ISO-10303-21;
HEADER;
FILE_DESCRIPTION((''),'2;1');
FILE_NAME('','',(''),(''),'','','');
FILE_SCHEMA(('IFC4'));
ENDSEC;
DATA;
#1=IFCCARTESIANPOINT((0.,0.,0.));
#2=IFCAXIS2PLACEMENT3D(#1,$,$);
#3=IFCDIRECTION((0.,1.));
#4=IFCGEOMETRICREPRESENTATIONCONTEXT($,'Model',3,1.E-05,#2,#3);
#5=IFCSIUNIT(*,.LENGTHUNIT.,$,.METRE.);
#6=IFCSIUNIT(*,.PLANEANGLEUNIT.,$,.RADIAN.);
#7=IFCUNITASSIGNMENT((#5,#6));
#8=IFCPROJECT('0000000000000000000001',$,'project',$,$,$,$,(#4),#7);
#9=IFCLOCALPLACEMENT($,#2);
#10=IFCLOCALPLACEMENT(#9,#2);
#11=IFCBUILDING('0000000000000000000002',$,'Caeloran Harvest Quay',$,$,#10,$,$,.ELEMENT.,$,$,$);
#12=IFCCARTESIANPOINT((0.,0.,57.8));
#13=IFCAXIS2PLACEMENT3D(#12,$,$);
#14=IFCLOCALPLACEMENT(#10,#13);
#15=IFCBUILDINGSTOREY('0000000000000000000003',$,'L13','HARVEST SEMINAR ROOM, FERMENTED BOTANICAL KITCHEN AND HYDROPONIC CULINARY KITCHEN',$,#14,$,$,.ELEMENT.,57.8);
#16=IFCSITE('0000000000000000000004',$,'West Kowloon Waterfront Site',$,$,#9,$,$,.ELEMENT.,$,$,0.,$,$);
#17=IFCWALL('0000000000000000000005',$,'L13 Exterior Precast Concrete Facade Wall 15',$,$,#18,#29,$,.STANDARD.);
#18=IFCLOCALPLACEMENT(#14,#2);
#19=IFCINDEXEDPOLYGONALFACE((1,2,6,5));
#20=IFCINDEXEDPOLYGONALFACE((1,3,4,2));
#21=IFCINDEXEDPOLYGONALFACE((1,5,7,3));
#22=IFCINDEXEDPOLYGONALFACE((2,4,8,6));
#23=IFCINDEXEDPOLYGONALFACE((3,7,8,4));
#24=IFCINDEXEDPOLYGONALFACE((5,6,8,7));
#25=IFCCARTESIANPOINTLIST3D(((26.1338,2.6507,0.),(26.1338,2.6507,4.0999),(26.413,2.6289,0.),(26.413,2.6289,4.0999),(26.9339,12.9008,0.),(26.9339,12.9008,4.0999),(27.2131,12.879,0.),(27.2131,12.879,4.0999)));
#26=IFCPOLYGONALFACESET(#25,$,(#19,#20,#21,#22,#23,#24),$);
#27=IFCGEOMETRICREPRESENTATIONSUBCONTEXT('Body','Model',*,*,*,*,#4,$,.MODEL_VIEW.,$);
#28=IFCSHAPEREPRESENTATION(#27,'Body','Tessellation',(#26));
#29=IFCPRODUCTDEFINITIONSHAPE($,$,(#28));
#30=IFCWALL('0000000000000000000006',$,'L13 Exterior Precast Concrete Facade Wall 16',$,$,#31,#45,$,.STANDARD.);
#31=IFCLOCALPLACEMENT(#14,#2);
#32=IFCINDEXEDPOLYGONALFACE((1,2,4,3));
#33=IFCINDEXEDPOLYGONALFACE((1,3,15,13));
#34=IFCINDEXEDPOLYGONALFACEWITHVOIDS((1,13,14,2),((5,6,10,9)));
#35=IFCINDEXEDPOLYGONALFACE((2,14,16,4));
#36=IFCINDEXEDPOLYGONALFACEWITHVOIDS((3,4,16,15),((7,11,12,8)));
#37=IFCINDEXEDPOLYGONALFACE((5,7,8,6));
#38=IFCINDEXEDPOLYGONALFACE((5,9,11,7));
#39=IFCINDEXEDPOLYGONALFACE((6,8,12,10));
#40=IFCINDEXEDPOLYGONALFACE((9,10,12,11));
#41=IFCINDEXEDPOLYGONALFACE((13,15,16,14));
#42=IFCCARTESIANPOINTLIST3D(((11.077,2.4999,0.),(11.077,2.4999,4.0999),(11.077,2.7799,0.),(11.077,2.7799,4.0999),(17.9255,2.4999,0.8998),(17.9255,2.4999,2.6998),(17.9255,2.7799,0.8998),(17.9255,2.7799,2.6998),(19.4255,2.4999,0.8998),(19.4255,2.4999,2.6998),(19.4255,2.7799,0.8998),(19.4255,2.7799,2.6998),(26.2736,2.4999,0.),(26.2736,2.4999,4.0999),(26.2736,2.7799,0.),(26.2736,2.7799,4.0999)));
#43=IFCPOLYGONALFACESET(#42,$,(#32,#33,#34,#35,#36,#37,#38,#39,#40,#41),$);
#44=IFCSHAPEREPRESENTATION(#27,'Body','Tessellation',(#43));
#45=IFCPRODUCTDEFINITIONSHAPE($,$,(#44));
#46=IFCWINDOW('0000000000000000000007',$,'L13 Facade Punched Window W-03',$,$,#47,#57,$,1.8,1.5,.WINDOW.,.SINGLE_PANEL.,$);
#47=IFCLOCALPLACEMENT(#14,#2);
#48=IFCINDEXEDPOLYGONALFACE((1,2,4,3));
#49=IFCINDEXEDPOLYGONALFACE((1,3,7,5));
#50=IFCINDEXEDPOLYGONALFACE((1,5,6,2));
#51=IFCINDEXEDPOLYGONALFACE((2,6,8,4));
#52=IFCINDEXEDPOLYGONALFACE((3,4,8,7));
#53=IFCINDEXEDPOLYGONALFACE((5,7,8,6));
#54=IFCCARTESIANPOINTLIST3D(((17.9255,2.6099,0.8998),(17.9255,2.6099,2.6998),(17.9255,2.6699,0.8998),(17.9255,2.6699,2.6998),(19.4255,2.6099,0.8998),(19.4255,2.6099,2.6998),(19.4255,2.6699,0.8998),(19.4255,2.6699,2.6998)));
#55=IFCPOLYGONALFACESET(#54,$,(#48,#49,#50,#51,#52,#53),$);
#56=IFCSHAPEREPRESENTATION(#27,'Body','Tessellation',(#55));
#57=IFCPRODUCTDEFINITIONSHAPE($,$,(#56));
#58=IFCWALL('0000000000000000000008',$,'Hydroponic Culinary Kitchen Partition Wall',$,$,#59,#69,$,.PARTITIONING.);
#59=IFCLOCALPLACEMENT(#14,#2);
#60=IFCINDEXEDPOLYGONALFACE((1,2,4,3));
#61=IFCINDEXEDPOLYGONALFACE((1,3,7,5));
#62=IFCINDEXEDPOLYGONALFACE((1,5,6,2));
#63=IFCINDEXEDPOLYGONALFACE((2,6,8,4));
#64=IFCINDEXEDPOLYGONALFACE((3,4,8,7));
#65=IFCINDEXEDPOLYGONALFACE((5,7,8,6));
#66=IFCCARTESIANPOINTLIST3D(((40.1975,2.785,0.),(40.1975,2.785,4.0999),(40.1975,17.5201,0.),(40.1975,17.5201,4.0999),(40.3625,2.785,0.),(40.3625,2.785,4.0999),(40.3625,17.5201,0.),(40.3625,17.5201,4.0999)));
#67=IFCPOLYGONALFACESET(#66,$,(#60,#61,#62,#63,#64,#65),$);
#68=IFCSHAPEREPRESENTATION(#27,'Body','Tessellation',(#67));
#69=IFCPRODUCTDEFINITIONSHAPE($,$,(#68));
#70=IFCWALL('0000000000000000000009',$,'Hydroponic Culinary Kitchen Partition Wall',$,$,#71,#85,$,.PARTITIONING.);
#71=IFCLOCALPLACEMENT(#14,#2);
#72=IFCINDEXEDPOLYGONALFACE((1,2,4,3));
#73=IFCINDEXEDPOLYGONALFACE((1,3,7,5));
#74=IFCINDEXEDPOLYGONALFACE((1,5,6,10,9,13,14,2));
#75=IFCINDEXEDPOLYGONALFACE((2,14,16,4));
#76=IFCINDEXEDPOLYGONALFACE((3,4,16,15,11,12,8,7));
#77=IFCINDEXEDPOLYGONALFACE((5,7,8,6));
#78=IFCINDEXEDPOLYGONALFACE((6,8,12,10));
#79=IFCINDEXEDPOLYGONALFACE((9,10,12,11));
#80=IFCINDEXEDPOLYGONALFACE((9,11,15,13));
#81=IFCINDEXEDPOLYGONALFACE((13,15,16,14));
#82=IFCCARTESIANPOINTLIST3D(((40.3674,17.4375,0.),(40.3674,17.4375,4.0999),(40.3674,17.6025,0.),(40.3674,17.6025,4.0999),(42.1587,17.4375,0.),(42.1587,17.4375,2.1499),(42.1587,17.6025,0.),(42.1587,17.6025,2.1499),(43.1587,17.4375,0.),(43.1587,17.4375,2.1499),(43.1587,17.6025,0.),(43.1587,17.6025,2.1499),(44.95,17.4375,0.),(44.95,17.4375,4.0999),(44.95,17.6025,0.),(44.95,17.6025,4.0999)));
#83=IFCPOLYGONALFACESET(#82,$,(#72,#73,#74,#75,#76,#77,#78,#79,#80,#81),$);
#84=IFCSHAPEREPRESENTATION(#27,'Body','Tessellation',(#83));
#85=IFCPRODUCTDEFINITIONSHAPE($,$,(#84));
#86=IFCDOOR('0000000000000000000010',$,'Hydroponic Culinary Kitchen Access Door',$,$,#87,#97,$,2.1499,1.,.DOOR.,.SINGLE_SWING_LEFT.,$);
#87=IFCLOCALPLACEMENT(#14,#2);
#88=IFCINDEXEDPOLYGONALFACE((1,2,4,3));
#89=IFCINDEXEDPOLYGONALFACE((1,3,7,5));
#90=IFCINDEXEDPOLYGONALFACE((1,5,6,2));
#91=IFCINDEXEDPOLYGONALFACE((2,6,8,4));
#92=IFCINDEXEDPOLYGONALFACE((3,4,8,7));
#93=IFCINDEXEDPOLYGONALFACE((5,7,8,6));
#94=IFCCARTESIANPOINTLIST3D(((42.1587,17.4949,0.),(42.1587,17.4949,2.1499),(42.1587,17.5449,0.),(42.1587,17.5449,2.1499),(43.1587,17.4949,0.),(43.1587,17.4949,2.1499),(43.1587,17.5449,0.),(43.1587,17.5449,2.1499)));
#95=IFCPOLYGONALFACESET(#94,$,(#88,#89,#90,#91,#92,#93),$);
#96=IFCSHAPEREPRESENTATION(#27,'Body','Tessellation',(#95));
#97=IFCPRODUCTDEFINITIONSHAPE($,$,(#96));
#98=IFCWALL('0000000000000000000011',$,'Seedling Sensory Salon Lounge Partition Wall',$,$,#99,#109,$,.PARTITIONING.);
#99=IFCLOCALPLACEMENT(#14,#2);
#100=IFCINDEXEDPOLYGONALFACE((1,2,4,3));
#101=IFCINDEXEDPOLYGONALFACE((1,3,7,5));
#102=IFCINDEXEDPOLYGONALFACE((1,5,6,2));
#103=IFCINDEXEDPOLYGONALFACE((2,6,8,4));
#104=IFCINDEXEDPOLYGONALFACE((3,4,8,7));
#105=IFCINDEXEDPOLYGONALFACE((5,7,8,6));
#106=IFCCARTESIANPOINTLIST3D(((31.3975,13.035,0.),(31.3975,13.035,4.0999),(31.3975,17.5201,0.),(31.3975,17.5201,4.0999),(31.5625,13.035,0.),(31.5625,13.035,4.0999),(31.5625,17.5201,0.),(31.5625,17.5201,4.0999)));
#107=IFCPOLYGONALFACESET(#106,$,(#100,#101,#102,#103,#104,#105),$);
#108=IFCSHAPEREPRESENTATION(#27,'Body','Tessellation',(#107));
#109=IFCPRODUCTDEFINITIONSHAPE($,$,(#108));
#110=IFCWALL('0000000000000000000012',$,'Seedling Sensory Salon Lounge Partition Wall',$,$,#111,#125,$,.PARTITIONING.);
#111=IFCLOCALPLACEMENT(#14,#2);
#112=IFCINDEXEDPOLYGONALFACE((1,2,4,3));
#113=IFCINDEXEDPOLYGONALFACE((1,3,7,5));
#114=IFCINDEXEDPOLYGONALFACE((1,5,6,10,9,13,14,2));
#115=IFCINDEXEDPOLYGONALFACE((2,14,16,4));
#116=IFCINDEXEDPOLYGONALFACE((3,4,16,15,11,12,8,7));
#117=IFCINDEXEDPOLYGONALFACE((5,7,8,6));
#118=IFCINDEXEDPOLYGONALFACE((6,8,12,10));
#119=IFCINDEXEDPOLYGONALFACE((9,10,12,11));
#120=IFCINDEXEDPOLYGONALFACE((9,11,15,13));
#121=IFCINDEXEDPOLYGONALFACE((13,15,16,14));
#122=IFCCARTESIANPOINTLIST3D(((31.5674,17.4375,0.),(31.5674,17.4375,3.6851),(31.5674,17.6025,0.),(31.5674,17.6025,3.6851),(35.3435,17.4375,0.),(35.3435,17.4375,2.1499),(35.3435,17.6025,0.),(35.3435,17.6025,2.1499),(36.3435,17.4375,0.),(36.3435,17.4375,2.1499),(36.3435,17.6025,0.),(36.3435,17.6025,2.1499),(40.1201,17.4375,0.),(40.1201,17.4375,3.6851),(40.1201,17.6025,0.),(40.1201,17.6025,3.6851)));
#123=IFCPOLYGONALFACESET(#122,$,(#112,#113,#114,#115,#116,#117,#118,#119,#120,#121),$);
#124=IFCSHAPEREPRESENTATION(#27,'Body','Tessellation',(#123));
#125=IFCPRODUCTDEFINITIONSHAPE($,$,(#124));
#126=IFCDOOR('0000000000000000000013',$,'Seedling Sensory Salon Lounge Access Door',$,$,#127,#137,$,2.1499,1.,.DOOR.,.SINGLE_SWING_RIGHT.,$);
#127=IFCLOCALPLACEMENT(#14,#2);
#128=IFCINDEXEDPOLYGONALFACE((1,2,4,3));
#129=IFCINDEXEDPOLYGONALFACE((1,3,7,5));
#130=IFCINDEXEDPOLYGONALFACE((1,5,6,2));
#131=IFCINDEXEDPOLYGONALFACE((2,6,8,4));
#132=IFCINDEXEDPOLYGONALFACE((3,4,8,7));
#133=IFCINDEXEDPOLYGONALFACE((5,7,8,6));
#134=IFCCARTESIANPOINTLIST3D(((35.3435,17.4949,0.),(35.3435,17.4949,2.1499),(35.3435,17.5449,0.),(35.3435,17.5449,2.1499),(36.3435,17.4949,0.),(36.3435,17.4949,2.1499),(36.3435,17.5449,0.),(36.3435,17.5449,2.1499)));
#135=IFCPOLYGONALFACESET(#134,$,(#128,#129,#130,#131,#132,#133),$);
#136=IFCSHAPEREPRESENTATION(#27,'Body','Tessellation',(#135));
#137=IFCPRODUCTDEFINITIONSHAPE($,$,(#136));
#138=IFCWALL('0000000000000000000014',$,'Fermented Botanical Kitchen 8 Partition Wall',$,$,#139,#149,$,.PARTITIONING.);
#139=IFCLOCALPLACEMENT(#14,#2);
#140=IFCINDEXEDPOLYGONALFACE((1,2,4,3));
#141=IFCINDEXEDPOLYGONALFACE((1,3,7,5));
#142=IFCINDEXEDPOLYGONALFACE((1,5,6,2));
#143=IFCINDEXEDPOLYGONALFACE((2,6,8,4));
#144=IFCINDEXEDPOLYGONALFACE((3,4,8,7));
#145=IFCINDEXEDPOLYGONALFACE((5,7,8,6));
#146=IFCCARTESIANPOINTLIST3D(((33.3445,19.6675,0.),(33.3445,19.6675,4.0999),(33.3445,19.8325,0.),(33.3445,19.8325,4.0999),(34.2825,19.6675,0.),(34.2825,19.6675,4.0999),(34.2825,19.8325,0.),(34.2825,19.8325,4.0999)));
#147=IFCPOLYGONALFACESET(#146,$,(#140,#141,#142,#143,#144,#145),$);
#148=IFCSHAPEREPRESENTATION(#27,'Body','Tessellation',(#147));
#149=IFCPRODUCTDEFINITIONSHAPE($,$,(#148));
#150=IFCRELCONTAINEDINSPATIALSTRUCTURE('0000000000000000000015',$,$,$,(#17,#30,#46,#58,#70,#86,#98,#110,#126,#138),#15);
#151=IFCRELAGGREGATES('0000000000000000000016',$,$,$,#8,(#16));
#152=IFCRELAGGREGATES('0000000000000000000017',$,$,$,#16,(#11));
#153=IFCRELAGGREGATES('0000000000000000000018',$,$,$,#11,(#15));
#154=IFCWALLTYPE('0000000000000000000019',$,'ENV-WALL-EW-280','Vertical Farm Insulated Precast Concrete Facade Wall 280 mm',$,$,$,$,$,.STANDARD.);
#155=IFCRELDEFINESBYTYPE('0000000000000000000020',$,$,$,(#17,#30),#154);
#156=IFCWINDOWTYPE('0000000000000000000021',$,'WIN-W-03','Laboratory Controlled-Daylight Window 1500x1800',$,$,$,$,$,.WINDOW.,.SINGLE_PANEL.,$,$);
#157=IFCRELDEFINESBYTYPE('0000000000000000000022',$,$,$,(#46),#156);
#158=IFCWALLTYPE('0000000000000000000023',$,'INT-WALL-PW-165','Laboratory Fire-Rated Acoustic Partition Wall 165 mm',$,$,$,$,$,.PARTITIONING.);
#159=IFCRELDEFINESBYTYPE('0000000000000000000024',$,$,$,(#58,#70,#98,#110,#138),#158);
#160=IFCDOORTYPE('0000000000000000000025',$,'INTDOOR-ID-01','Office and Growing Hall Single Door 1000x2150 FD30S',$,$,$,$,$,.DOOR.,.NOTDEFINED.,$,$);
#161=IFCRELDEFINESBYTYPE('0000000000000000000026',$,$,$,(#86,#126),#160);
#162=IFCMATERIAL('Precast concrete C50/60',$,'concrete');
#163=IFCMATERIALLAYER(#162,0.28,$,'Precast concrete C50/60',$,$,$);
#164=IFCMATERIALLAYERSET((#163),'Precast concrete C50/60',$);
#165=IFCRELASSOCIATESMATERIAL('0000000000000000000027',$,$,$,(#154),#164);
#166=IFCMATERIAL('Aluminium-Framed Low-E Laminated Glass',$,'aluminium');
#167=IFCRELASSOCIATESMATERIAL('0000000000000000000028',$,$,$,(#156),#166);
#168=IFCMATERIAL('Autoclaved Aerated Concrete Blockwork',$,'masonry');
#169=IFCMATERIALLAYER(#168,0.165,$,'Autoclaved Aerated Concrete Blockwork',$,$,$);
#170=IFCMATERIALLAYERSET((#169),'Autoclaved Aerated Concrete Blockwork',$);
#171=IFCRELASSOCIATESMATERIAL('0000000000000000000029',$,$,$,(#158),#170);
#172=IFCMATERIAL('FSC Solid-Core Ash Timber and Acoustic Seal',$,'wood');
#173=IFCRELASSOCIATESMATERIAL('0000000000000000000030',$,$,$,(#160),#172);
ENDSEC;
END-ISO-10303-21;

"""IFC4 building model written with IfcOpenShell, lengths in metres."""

from ifc_helpers import new_model, si_unit, direction, frame, frame_2d, origin, place, context, subcontext, project, spatial, rectangle, extrude, material, layer, layer_set, type_object, element, fill, save


model = new_model("IFC4")

# Units and contexts
model_context = context("Model", 3, precision=1e-05, world=origin(), true_north=direction((0.0, 1.0)))
body_context = subcontext(model_context, "Body", "Model", "MODEL_VIEW")
ifc_project = project(units=[si_unit("LENGTHUNIT", "METRE"), si_unit("PLANEANGLEUNIT", "RADIAN")], contexts=[model_context])

# Site, building, storey
site_placement = place(None, origin())
site = spatial("IfcSite", under=ifc_project, at=site_placement, Name="West Kowloon Waterfront Site", CompositionType="ELEMENT", RefElevation=0.0)
building_placement = place(site_placement, origin())
building = spatial("IfcBuilding", under=site, at=building_placement, Name="Caeloran Harvest Quay", CompositionType="ELEMENT")
storey_placement = place(building_placement, frame((0.0, 0.0, 57.8)))
storey = spatial("IfcBuildingStorey", under=building, at=storey_placement, Name="L13", Description="HARVEST SEMINAR ROOM, FERMENTED BOTANICAL KITCHEN AND HYDROPONIC CULINARY KITCHEN", CompositionType="ELEMENT", Elevation=57.8)

# Shared definitions
ifc_material_1 = material(Name="Precast concrete C50/60", Category="concrete")

# Shared definitions
ifc_layer_1 = layer(ifc_material_1, 0.28, Name="Precast concrete C50/60")
ifc_layer_set_1 = layer_set([ifc_layer_1], Name="Precast concrete C50/60")
wall_type_1 = type_object("IfcWallType", Name="ENV-WALL-EW-280", Description="Vertical Farm Insulated Precast Concrete Facade Wall 280 mm", PredefinedType="STANDARD", material=ifc_layer_set_1)
ifc_material_2 = material(Name="Aluminium-Framed Low-E Laminated Glass", Category="aluminium")
window_type = type_object("IfcWindowType", Name="WIN-W-03", Description="Laboratory Controlled-Daylight Window 1500x1800", PartitioningType="SINGLE_PANEL", PredefinedType="WINDOW", material=ifc_material_2)

# Wall
wall_1_placement = place(storey_placement, frame((27.0735, 12.8899, 0.0), z_axis=(0.0, 0.0, 1.0), x_axis=(-0.077817, -0.996968, 0.0)))
element("IfcWall", 1, at=wall_1_placement, inside=storey, type_object=wall_type_1, Name="L13 Exterior Precast Concrete Facade Wall 15", PredefinedType="STANDARD", context=body_context, shape_type="SweptSolid", body=[
    extrude(rectangle(XDim=10.2812, YDim=0.28, at=frame_2d((5.1406, 0.0))), origin(), (0.0, 0.0, 1.0), 4.0999),
])

# Wall, opening, window
wall_2_placement = place(storey_placement, frame((26.2734, 2.6399, 0.0), z_axis=(0.0, 0.0, 1.0), x_axis=(-1.0, 0.0, 0.0)))
wall_2 = element("IfcWall", 2, at=wall_2_placement, inside=storey, type_object=wall_type_1, Name="L13 Exterior Precast Concrete Facade Wall 16", PredefinedType="STANDARD", context=body_context, shape_type="SweptSolid", body=[
    extrude(rectangle(XDim=15.1965, YDim=0.28, at=frame_2d((7.5981, 0.0))), origin(), (0.0, 0.0, 1.0), 4.0999),
])
opening_1_placement = place(wall_2_placement, frame((6.8479, 0.0, 0.8999)))
opening_1 = element("IfcOpeningElement", 3, at=opening_1_placement, cuts=wall_2, PredefinedType="OPENING", context=body_context, shape_type="SweptSolid", body=[
    extrude(rectangle(XDim=1.5, YDim=1.8, at=frame_2d((0.75, 0.8999))), frame((0.0, 0.1499, 0.0), z_axis=(0.0, -1.0, 0.0), x_axis=(1.0, 0.0, 0.0)), (0.0, 0.0, 1.0), 0.3),
])
window_1_placement = place(opening_1_placement, origin())
window_1 = element("IfcWindow", 4, at=window_1_placement, inside=storey, type_object=window_type, Name="L13 Facade Punched Window W-03", OverallHeight=1.8, OverallWidth=1.5, PartitioningType="SINGLE_PANEL", PredefinedType="WINDOW", context=body_context, shape_type="SweptSolid", body=[
    extrude(rectangle(XDim=1.5, YDim=1.8, at=frame_2d((0.75, 0.8999))), frame((0.0, 0.03, 0.0), z_axis=(0.0, -1.0, 0.0), x_axis=(1.0, 0.0, 0.0)), (0.0, 0.0, 1.0), 0.0601),
])
fill(opening_1, window_1)

# Wall
ifc_material_3 = material(Name="Autoclaved Aerated Concrete Blockwork", Category="masonry")
ifc_layer_2 = layer(ifc_material_3, 0.165, Name="Autoclaved Aerated Concrete Blockwork")
ifc_layer_set_2 = layer_set([ifc_layer_2], Name="Autoclaved Aerated Concrete Blockwork")
wall_type_2 = type_object("IfcWallType", Name="INT-WALL-PW-165", Description="Laboratory Fire-Rated Acoustic Partition Wall 165 mm", PredefinedType="PARTITIONING", material=ifc_layer_set_2)
wall_3_placement = place(storey_placement, frame((40.28, 2.7849, 0.0), z_axis=(0.0, 0.0, 1.0), x_axis=(0.0, 1.0, 0.0)))
element("IfcWall", 5, at=wall_3_placement, inside=storey, type_object=wall_type_2, Name="Hydroponic Culinary Kitchen Partition Wall", PredefinedType="PARTITIONING", context=body_context, shape_type="SweptSolid", body=[
    extrude(rectangle(XDim=14.7351, YDim=0.165, at=frame_2d((7.3677, 0.0))), origin(), (0.0, 0.0, 1.0), 4.0999),
])

# Wall, opening, door
wall_4_placement = place(storey_placement, frame((40.3674, 17.52, 0.0), z_axis=(0.0, 0.0, 1.0), x_axis=(1.0, 0.0, 0.0)))
wall_4 = element("IfcWall", 6, at=wall_4_placement, inside=storey, type_object=wall_type_2, Name="Hydroponic Culinary Kitchen Partition Wall", PredefinedType="PARTITIONING", context=body_context, shape_type="SweptSolid", body=[
    extrude(rectangle(XDim=4.5825, YDim=0.165, at=frame_2d((2.2913, 0.0))), origin(), (0.0, 0.0, 1.0), 4.0999),
])
opening_2_placement = place(wall_4_placement, frame((1.7913, 0.0, 0.0)))
opening_2 = element("IfcOpeningElement", 7, at=opening_2_placement, cuts=wall_4, PredefinedType="OPENING", context=body_context, shape_type="SweptSolid", body=[
    extrude(rectangle(XDim=1.0, YDim=2.1499, at=frame_2d((0.5, 1.075))), frame((0.0, 0.0925, 0.0), z_axis=(0.0, -1.0, 0.0), x_axis=(1.0, 0.0, 0.0)), (0.0, 0.0, 1.0), 0.1851),
])
ifc_material_4 = material(Name="FSC Solid-Core Ash Timber and Acoustic Seal", Category="wood")
door_type_1 = type_object("IfcDoorType", Name="INTDOOR-ID-01", Description="Office and Growing Hall Single Door 1000x2150 FD30S", OperationType="NOTDEFINED", PredefinedType="DOOR", material=ifc_material_4)
door_1_placement = place(opening_2_placement, origin())
door_1 = element("IfcDoor", 8, at=door_1_placement, inside=storey, type_object=door_type_1, Name="Hydroponic Culinary Kitchen Access Door", OperationType="SINGLE_SWING_LEFT", OverallHeight=2.1499, OverallWidth=1.0, PredefinedType="DOOR", context=body_context, shape_type="SweptSolid", body=[
    extrude(rectangle(XDim=1.0, YDim=2.1499, at=frame_2d((0.5, 1.075))), frame((0.0, 0.0249, 0.0), z_axis=(0.0, -1.0, 0.0), x_axis=(1.0, 0.0, 0.0)), (0.0, 0.0, 1.0), 0.05),
])
fill(opening_2, door_1)

# Wall
wall_5_placement = place(storey_placement, frame((31.48, 13.0349, 0.0), z_axis=(0.0, 0.0, 1.0), x_axis=(0.0, 1.0, 0.0)))
element("IfcWall", 9, at=wall_5_placement, inside=storey, type_object=wall_type_2, Name="Seedling Sensory Salon Lounge Partition Wall", PredefinedType="PARTITIONING", context=body_context, shape_type="SweptSolid", body=[
    extrude(rectangle(XDim=4.4851, YDim=0.165, at=frame_2d((2.2427, 0.0))), origin(), (0.0, 0.0, 1.0), 4.0999),
])

# Wall, opening, door
wall_6_placement = place(storey_placement, frame((31.5674, 17.52, 0.0), z_axis=(0.0, 0.0, 1.0), x_axis=(1.0, 0.0, 0.0)))
wall_6 = element("IfcWall", 10, at=wall_6_placement, inside=storey, type_object=wall_type_2, Name="Seedling Sensory Salon Lounge Partition Wall", PredefinedType="PARTITIONING", context=body_context, shape_type="SweptSolid", body=[
    extrude(rectangle(XDim=8.5527, YDim=0.165, at=frame_2d((4.2764, 0.0))), origin(), (0.0, 0.0, 1.0), 3.6851),
])
opening_3_placement = place(wall_6_placement, frame((3.7761, 0.0, 0.0)))
opening_3 = element("IfcOpeningElement", 11, at=opening_3_placement, cuts=wall_6, PredefinedType="OPENING", context=body_context, shape_type="SweptSolid", body=[
    extrude(rectangle(XDim=1.0, YDim=2.1499, at=frame_2d((0.5, 1.075))), frame((0.0, 0.0925, 0.0), z_axis=(0.0, -1.0, 0.0), x_axis=(1.0, 0.0, 0.0)), (0.0, 0.0, 1.0), 0.1851),
])
door_2_placement = place(opening_3_placement, origin())
door_2 = element("IfcDoor", 12, at=door_2_placement, inside=storey, type_object=door_type_1, Name="Seedling Sensory Salon Lounge Access Door", OperationType="SINGLE_SWING_RIGHT", OverallHeight=2.1499, OverallWidth=1.0, PredefinedType="DOOR", context=body_context, shape_type="SweptSolid", body=[
    extrude(rectangle(XDim=1.0, YDim=2.1499, at=frame_2d((0.5, 1.075))), frame((0.0, 0.0249, 0.0), z_axis=(0.0, -1.0, 0.0), x_axis=(1.0, 0.0, 0.0)), (0.0, 0.0, 1.0), 0.05),
])
fill(opening_3, door_2)

# Wall
wall_7_placement = place(storey_placement, frame((34.2825, 19.75, 0.0), z_axis=(0.0, 0.0, 1.0), x_axis=(-1.0, 0.0, 0.0)))
element("IfcWall", 13, at=wall_7_placement, inside=storey, type_object=wall_type_2, Name="Fermented Botanical Kitchen 8 Partition Wall", PredefinedType="PARTITIONING", context=body_context, shape_type="SweptSolid", body=[
    extrude(rectangle(XDim=0.938, YDim=0.165, at=frame_2d((0.469, 0.0))), origin(), (0.0, 0.0, 1.0), 4.0999),
])

save(model, "model.ifc")
